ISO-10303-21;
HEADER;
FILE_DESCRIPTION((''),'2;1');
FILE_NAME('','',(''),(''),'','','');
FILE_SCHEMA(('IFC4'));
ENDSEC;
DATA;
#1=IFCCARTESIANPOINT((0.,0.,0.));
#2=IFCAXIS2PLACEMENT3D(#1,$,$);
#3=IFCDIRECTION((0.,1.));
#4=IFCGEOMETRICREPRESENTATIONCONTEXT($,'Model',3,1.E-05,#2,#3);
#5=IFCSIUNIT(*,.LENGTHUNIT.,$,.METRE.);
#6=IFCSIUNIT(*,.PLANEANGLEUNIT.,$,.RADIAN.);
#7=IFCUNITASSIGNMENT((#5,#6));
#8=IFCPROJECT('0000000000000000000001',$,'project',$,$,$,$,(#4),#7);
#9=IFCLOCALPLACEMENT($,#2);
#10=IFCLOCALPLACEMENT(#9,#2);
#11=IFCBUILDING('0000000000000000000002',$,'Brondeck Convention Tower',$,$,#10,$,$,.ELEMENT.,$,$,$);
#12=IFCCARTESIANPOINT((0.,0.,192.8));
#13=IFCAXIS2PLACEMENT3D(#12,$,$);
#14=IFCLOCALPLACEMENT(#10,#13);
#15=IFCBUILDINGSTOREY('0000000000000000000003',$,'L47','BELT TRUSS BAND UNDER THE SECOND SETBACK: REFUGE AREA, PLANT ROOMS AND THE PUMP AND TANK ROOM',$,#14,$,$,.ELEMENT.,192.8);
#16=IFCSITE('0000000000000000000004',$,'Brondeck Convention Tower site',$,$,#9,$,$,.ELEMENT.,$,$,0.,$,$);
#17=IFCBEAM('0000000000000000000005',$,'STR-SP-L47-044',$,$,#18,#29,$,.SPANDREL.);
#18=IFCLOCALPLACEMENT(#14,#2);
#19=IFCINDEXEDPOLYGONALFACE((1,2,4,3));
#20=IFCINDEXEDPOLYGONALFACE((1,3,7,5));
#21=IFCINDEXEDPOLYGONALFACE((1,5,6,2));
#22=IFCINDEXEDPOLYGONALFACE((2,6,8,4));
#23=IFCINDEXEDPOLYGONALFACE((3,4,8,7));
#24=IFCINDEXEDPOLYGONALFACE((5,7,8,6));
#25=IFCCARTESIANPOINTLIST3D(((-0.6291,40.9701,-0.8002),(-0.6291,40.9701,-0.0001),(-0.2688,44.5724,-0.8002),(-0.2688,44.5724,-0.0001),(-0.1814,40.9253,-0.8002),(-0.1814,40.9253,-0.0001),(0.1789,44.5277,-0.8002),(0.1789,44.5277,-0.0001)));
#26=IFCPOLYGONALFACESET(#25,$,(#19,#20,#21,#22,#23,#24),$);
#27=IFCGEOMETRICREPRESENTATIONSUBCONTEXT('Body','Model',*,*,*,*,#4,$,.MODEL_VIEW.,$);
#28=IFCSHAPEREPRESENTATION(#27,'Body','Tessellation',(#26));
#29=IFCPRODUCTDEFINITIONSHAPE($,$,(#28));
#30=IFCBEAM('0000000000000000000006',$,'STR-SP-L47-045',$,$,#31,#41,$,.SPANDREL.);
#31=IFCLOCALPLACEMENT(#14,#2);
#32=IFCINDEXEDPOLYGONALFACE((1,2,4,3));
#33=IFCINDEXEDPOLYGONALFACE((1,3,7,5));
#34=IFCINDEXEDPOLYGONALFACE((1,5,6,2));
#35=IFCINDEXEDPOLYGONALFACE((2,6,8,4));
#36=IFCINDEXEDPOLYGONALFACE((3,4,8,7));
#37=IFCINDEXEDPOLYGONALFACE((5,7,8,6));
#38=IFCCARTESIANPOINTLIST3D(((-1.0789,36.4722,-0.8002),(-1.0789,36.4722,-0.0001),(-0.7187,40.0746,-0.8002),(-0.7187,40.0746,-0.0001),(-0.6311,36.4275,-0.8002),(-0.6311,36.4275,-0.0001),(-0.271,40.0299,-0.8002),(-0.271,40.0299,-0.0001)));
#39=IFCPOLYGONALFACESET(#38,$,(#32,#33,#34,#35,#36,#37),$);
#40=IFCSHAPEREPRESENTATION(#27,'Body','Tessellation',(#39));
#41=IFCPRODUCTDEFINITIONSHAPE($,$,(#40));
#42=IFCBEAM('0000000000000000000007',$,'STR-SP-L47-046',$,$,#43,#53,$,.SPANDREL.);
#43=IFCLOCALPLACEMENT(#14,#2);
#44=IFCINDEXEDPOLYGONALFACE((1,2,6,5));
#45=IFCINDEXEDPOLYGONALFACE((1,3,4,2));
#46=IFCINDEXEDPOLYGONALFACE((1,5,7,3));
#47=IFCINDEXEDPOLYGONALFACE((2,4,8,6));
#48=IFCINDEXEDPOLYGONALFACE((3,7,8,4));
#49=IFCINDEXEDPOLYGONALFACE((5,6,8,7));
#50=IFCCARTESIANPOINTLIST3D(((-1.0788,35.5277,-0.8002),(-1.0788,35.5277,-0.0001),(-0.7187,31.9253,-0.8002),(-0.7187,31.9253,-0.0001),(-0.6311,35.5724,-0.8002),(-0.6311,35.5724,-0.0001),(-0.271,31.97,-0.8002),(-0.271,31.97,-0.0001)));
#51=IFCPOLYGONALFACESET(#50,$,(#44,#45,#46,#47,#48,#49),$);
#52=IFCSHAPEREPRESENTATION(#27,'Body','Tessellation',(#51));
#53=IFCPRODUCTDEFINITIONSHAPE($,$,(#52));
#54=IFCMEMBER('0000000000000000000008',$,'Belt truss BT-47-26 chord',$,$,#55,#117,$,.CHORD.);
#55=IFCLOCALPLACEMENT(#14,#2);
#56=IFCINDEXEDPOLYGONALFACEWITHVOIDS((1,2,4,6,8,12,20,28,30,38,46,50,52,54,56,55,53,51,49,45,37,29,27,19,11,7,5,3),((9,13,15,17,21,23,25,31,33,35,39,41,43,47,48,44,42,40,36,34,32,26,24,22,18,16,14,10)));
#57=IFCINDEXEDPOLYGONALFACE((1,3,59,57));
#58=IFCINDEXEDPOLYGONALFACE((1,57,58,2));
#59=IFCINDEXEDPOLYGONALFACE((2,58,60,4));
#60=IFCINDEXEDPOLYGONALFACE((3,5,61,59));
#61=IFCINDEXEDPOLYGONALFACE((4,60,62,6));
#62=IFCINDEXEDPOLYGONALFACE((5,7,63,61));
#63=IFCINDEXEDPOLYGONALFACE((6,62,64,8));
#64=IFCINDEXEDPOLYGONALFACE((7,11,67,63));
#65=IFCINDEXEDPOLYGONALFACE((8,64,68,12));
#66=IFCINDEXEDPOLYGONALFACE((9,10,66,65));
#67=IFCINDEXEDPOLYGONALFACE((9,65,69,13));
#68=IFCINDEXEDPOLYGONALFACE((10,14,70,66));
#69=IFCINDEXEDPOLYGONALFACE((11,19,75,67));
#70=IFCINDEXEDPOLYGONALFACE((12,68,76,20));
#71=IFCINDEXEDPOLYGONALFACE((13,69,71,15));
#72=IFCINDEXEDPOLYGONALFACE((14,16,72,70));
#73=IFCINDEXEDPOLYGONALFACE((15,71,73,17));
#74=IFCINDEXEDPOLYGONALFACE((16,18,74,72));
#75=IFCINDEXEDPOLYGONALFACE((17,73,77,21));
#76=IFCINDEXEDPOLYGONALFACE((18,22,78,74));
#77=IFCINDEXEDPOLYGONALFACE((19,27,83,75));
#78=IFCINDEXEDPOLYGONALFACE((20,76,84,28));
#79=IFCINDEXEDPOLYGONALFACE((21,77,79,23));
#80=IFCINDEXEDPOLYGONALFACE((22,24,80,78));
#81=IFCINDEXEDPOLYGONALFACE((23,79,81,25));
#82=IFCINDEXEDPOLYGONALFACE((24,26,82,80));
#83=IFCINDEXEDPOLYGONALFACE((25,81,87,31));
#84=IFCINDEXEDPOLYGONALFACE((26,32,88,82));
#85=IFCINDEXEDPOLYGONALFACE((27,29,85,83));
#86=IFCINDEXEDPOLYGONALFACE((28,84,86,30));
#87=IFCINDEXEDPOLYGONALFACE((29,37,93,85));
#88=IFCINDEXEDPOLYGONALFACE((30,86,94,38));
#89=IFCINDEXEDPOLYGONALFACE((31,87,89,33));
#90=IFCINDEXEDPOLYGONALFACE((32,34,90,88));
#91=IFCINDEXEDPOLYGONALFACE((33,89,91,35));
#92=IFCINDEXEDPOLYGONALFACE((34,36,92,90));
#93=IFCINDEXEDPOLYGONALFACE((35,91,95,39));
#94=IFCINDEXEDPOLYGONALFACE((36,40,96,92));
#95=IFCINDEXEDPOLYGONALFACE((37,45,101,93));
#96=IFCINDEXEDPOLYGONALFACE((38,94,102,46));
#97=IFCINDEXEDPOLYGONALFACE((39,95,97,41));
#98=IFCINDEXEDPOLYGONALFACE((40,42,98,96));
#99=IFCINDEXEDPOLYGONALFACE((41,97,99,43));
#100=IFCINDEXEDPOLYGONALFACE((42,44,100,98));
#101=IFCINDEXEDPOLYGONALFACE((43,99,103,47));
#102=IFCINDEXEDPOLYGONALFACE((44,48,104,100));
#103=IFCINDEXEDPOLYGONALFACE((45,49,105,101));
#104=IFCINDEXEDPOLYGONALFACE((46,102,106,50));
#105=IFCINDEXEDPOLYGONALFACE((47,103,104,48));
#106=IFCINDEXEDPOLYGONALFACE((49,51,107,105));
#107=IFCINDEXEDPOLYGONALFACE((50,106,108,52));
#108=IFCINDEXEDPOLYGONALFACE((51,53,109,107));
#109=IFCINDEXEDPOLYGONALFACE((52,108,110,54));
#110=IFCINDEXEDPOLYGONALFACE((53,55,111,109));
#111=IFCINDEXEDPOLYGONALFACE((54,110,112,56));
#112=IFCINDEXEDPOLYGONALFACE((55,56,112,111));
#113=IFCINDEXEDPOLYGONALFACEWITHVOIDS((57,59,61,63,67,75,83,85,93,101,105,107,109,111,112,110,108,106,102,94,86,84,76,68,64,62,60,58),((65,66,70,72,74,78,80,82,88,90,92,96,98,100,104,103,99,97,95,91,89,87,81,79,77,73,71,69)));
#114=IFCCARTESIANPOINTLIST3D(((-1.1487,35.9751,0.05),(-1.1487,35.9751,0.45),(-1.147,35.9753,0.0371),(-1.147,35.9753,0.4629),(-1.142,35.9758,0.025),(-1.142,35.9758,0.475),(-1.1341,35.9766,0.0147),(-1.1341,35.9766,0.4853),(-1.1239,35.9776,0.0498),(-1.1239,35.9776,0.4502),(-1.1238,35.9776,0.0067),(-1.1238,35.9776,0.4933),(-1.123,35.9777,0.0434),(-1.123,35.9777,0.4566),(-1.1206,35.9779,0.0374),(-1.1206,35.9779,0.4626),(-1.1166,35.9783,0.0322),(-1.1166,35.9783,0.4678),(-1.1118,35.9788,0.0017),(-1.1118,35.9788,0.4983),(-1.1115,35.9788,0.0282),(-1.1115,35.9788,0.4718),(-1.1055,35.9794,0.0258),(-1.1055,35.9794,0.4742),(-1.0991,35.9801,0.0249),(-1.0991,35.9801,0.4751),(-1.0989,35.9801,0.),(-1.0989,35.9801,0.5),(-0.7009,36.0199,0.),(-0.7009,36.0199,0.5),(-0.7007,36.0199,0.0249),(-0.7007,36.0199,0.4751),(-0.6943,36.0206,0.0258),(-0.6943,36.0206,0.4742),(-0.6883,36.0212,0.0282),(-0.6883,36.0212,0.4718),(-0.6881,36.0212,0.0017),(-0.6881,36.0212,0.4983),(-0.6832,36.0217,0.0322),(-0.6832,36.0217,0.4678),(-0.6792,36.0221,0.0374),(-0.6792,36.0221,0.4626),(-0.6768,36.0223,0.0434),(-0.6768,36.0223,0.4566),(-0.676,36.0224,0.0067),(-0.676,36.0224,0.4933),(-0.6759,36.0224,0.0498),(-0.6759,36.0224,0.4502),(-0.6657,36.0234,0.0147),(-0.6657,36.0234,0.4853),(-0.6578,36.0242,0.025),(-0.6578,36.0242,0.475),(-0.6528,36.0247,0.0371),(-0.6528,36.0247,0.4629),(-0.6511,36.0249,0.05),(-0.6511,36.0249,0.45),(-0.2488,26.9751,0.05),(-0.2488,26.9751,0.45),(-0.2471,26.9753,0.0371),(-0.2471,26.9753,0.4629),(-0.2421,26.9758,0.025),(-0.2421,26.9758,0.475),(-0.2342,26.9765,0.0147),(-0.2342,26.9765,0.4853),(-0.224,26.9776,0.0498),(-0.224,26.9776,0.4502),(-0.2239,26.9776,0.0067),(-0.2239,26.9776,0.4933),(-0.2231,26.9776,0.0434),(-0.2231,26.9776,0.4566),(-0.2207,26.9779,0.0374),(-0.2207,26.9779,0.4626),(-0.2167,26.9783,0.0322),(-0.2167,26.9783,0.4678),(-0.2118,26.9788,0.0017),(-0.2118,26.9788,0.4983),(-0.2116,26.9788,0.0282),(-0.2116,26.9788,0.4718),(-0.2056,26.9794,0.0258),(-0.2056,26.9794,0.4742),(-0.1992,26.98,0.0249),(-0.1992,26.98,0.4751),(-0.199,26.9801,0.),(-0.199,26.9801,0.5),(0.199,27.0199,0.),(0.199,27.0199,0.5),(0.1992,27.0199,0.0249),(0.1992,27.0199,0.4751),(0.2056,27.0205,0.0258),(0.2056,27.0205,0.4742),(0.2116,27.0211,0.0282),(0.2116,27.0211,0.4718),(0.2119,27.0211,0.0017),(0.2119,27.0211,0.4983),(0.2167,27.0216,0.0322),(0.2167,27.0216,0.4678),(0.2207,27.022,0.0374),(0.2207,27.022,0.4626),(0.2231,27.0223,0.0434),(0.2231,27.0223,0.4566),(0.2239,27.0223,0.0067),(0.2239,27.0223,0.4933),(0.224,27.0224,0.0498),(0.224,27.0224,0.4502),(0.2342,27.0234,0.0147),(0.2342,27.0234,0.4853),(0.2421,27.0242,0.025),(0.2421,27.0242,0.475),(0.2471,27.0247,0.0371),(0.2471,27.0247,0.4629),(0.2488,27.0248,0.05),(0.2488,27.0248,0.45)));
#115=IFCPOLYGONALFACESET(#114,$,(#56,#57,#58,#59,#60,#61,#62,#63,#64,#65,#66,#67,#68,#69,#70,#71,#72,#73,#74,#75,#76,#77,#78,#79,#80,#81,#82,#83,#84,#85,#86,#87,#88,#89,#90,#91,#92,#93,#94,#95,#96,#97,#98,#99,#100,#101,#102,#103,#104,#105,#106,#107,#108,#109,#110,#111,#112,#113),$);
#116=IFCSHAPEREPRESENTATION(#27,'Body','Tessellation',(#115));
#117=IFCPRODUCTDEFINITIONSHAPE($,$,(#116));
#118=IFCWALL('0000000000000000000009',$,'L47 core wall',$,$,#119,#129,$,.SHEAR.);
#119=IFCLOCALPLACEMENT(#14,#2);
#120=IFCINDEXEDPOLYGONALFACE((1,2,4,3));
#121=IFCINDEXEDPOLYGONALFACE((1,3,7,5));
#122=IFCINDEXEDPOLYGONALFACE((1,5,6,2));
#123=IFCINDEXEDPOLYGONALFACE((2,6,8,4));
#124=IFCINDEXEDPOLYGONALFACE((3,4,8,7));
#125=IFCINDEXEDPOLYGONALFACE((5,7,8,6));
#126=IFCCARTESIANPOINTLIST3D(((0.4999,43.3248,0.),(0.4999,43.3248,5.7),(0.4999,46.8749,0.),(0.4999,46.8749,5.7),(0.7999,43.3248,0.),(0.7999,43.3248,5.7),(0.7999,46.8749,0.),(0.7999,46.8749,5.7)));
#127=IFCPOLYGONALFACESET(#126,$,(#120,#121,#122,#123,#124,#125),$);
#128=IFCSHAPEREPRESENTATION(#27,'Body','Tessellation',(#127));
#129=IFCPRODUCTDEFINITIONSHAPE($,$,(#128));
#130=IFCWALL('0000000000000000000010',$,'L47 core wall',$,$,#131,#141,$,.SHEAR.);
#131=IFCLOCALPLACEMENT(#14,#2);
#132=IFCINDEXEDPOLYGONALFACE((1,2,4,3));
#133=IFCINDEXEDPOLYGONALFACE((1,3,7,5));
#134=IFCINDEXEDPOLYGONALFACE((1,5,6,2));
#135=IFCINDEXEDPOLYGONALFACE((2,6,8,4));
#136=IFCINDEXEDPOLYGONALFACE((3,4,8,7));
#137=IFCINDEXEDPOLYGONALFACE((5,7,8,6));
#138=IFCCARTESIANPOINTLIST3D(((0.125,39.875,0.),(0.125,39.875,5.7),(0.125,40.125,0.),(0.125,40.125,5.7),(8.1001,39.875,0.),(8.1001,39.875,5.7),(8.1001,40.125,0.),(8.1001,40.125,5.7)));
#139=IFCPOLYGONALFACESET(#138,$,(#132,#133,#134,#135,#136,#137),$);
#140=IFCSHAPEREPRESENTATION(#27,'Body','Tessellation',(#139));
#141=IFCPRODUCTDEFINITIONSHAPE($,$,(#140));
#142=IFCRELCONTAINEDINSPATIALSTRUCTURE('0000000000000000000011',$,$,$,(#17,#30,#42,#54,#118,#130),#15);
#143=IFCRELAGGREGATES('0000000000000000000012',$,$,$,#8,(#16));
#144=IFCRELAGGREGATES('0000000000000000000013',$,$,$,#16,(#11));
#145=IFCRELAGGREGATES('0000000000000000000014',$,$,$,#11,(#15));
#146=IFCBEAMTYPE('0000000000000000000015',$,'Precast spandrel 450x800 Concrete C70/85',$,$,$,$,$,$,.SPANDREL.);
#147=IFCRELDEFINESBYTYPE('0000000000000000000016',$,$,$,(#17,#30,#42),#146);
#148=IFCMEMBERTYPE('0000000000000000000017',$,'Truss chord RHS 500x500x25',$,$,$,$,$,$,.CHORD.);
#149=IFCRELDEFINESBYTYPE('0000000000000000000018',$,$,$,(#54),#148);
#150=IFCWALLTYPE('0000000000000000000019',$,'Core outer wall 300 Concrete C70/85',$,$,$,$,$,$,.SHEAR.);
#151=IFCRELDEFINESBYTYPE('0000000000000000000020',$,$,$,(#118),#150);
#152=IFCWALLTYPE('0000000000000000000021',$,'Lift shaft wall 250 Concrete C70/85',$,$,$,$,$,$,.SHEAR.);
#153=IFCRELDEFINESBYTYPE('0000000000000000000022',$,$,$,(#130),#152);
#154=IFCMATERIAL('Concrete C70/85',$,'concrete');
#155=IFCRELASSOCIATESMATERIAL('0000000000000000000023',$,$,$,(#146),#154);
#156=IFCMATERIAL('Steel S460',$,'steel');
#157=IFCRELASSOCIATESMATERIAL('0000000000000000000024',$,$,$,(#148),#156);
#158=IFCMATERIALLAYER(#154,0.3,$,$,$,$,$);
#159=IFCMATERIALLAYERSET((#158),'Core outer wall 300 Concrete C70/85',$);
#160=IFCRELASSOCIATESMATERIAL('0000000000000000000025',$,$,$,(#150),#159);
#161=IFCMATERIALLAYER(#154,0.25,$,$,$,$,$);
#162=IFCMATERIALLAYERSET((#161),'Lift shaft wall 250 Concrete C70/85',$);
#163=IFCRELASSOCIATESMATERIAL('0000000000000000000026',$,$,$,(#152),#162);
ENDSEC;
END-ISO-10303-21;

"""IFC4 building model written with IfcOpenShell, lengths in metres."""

from ifc_helpers import new_model, si_unit, direction, frame, frame_2d, origin, origin_2d, place, context, subcontext, project, spatial, rectangle, hollow_rectangle, extrude, material, layer, layer_set, material_profile, profile_set, type_object, element, save


model = new_model("IFC4")

# Units and contexts
model_context = context("Model", 3, precision=1e-05, world=origin(), true_north=direction((0.0, 1.0)))
body_context = subcontext(model_context, "Body", "Model", "MODEL_VIEW")
ifc_project = project(units=[si_unit("LENGTHUNIT", "METRE"), si_unit("PLANEANGLEUNIT", "RADIAN")], contexts=[model_context])

# Site, building, storey
site_placement = place(None, origin())
site = spatial("IfcSite", under=ifc_project, at=site_placement, Name="Brondeck Convention Tower site", CompositionType="ELEMENT", RefElevation=0.0)
building_placement = place(site_placement, origin())
building = spatial("IfcBuilding", under=site, at=building_placement, Name="Brondeck Convention Tower", CompositionType="ELEMENT")
storey_placement = place(building_placement, frame((0.0, 0.0, 192.8)))
storey = spatial("IfcBuildingStorey", under=building, at=storey_placement, Name="L47", Description="BELT TRUSS BAND UNDER THE SECOND SETBACK: REFUGE AREA, PLANT ROOMS AND THE PUMP AND TANK ROOM", CompositionType="ELEMENT", Elevation=192.8)

# Shared definitions
ifc_material_1 = material(Name="Concrete C70/85", Category="concrete")

# Shared definitions
ifc_material_2 = material(Name="Steel S460", Category="steel")

# Beams
ifc_material_profile_1 = material_profile(ifc_material_1, rectangle(XDim=0.45, YDim=0.8, at=origin_2d()), Name="Precast spandrel 450x800 Concrete C70/85")
ifc_profile_set_1 = profile_set([ifc_material_profile_1], Name="Concrete C70/85")
beam_type = type_object("IfcBeamType", Name="Precast spandrel 450x800 Concrete C70/85", PredefinedType="SPANDREL", material=ifc_profile_set_1)
for number, where, z_axis, x_axis, name in (
    (1, (-0.0449, 44.55, -0.4001), (-0.099537, -0.995034, 0.0), (0.995034, -0.099537, 0.0), "STR-SP-L47-044"),
    (2, (-0.4949, 40.0522, -0.4001), (-0.09947, -0.995041, 0.0), (0.995041, -0.09947, 0.0), "STR-SP-L47-045"),
    (3, (-0.855, 35.55, -0.4001), (0.09947, -0.995041, 0.0), (0.995041, 0.09947, 0.0), "STR-SP-L47-046"),
):
    element("IfcBeam", number, at=place(storey_placement, frame(where, z_axis=z_axis, x_axis=x_axis)), inside=storey, type_object=beam_type, Name=name, PredefinedType="SPANDREL", context=body_context, shape_type="SweptSolid", body=[
        extrude(rectangle(XDim=0.45, YDim=0.8, at=origin_2d()), origin(), (0.0, 0.0, 1.0), 3.6204),
    ])

# Member
ifc_material_profile_2 = material_profile(ifc_material_2, hollow_rectangle(XDim=0.5, YDim=0.5, WallThickness=0.0249, InnerFilletRadius=0.0249, OuterFilletRadius=0.05, at=origin_2d()), Name="RHS 500x500x25")
ifc_profile_set_2 = profile_set([ifc_material_profile_2], Name="Steel S460")
member_type_1 = type_object("IfcMemberType", Name="Truss chord RHS 500x500x25", PredefinedType="CHORD", material=ifc_profile_set_2)
member_placement = place(storey_placement, frame((-0.8999, 36.0, 0.25), z_axis=(0.099493, -0.995038, 0.0), x_axis=(0.995038, 0.099493, 0.0)))
element("IfcMember", 4, at=member_placement, inside=storey, type_object=member_type_1, Name="Belt truss BT-47-26 chord", PredefinedType="CHORD", context=body_context, shape_type="SweptSolid", body=[
    extrude(hollow_rectangle(XDim=0.5, YDim=0.5, WallThickness=0.0249, InnerFilletRadius=0.0249, OuterFilletRadius=0.05, at=origin_2d()), origin(), (0.0, 0.0, 1.0), 9.0449),
])

# Walls
ifc_layer_1 = layer(ifc_material_1, 0.3)
ifc_layer_set_1 = layer_set([ifc_layer_1], Name="Core outer wall 300 Concrete C70/85")
wall_type_1 = type_object("IfcWallType", Name="Core outer wall 300 Concrete C70/85", PredefinedType="SHEAR", material=ifc_layer_set_1)
wall_1_placement = place(storey_placement, frame((0.6499, 43.325, 0.0), z_axis=(0.0, 0.0, 1.0), x_axis=(0.0, 1.0, 0.0)))
element("IfcWall", 5, at=wall_1_placement, inside=storey, type_object=wall_type_1, Name="L47 core wall", PredefinedType="SHEAR", context=body_context, shape_type="SweptSolid", body=[
    extrude(rectangle(XDim=3.55, YDim=0.3, at=frame_2d((1.7749, 0.0))), origin(), (0.0, 0.0, 1.0), 5.7),
])
ifc_layer_2 = layer(ifc_material_1, 0.25)
ifc_layer_set_2 = layer_set([ifc_layer_2], Name="Lift shaft wall 250 Concrete C70/85")
wall_type_2 = type_object("IfcWallType", Name="Lift shaft wall 250 Concrete C70/85", PredefinedType="SHEAR", material=ifc_layer_set_2)
wall_2_placement = place(storey_placement, frame((0.125, 40.0, 0.0), z_axis=(0.0, 0.0, 1.0), x_axis=(1.0, 0.0, 0.0)))
element("IfcWall", 6, at=wall_2_placement, inside=storey, type_object=wall_type_2, Name="L47 core wall", PredefinedType="SHEAR", context=body_context, shape_type="SweptSolid", body=[
    extrude(rectangle(XDim=7.9751, YDim=0.25, at=frame_2d((3.9875, 0.0))), origin(), (0.0, 0.0, 1.0), 5.7),
])

save(model, "model.ifc")
